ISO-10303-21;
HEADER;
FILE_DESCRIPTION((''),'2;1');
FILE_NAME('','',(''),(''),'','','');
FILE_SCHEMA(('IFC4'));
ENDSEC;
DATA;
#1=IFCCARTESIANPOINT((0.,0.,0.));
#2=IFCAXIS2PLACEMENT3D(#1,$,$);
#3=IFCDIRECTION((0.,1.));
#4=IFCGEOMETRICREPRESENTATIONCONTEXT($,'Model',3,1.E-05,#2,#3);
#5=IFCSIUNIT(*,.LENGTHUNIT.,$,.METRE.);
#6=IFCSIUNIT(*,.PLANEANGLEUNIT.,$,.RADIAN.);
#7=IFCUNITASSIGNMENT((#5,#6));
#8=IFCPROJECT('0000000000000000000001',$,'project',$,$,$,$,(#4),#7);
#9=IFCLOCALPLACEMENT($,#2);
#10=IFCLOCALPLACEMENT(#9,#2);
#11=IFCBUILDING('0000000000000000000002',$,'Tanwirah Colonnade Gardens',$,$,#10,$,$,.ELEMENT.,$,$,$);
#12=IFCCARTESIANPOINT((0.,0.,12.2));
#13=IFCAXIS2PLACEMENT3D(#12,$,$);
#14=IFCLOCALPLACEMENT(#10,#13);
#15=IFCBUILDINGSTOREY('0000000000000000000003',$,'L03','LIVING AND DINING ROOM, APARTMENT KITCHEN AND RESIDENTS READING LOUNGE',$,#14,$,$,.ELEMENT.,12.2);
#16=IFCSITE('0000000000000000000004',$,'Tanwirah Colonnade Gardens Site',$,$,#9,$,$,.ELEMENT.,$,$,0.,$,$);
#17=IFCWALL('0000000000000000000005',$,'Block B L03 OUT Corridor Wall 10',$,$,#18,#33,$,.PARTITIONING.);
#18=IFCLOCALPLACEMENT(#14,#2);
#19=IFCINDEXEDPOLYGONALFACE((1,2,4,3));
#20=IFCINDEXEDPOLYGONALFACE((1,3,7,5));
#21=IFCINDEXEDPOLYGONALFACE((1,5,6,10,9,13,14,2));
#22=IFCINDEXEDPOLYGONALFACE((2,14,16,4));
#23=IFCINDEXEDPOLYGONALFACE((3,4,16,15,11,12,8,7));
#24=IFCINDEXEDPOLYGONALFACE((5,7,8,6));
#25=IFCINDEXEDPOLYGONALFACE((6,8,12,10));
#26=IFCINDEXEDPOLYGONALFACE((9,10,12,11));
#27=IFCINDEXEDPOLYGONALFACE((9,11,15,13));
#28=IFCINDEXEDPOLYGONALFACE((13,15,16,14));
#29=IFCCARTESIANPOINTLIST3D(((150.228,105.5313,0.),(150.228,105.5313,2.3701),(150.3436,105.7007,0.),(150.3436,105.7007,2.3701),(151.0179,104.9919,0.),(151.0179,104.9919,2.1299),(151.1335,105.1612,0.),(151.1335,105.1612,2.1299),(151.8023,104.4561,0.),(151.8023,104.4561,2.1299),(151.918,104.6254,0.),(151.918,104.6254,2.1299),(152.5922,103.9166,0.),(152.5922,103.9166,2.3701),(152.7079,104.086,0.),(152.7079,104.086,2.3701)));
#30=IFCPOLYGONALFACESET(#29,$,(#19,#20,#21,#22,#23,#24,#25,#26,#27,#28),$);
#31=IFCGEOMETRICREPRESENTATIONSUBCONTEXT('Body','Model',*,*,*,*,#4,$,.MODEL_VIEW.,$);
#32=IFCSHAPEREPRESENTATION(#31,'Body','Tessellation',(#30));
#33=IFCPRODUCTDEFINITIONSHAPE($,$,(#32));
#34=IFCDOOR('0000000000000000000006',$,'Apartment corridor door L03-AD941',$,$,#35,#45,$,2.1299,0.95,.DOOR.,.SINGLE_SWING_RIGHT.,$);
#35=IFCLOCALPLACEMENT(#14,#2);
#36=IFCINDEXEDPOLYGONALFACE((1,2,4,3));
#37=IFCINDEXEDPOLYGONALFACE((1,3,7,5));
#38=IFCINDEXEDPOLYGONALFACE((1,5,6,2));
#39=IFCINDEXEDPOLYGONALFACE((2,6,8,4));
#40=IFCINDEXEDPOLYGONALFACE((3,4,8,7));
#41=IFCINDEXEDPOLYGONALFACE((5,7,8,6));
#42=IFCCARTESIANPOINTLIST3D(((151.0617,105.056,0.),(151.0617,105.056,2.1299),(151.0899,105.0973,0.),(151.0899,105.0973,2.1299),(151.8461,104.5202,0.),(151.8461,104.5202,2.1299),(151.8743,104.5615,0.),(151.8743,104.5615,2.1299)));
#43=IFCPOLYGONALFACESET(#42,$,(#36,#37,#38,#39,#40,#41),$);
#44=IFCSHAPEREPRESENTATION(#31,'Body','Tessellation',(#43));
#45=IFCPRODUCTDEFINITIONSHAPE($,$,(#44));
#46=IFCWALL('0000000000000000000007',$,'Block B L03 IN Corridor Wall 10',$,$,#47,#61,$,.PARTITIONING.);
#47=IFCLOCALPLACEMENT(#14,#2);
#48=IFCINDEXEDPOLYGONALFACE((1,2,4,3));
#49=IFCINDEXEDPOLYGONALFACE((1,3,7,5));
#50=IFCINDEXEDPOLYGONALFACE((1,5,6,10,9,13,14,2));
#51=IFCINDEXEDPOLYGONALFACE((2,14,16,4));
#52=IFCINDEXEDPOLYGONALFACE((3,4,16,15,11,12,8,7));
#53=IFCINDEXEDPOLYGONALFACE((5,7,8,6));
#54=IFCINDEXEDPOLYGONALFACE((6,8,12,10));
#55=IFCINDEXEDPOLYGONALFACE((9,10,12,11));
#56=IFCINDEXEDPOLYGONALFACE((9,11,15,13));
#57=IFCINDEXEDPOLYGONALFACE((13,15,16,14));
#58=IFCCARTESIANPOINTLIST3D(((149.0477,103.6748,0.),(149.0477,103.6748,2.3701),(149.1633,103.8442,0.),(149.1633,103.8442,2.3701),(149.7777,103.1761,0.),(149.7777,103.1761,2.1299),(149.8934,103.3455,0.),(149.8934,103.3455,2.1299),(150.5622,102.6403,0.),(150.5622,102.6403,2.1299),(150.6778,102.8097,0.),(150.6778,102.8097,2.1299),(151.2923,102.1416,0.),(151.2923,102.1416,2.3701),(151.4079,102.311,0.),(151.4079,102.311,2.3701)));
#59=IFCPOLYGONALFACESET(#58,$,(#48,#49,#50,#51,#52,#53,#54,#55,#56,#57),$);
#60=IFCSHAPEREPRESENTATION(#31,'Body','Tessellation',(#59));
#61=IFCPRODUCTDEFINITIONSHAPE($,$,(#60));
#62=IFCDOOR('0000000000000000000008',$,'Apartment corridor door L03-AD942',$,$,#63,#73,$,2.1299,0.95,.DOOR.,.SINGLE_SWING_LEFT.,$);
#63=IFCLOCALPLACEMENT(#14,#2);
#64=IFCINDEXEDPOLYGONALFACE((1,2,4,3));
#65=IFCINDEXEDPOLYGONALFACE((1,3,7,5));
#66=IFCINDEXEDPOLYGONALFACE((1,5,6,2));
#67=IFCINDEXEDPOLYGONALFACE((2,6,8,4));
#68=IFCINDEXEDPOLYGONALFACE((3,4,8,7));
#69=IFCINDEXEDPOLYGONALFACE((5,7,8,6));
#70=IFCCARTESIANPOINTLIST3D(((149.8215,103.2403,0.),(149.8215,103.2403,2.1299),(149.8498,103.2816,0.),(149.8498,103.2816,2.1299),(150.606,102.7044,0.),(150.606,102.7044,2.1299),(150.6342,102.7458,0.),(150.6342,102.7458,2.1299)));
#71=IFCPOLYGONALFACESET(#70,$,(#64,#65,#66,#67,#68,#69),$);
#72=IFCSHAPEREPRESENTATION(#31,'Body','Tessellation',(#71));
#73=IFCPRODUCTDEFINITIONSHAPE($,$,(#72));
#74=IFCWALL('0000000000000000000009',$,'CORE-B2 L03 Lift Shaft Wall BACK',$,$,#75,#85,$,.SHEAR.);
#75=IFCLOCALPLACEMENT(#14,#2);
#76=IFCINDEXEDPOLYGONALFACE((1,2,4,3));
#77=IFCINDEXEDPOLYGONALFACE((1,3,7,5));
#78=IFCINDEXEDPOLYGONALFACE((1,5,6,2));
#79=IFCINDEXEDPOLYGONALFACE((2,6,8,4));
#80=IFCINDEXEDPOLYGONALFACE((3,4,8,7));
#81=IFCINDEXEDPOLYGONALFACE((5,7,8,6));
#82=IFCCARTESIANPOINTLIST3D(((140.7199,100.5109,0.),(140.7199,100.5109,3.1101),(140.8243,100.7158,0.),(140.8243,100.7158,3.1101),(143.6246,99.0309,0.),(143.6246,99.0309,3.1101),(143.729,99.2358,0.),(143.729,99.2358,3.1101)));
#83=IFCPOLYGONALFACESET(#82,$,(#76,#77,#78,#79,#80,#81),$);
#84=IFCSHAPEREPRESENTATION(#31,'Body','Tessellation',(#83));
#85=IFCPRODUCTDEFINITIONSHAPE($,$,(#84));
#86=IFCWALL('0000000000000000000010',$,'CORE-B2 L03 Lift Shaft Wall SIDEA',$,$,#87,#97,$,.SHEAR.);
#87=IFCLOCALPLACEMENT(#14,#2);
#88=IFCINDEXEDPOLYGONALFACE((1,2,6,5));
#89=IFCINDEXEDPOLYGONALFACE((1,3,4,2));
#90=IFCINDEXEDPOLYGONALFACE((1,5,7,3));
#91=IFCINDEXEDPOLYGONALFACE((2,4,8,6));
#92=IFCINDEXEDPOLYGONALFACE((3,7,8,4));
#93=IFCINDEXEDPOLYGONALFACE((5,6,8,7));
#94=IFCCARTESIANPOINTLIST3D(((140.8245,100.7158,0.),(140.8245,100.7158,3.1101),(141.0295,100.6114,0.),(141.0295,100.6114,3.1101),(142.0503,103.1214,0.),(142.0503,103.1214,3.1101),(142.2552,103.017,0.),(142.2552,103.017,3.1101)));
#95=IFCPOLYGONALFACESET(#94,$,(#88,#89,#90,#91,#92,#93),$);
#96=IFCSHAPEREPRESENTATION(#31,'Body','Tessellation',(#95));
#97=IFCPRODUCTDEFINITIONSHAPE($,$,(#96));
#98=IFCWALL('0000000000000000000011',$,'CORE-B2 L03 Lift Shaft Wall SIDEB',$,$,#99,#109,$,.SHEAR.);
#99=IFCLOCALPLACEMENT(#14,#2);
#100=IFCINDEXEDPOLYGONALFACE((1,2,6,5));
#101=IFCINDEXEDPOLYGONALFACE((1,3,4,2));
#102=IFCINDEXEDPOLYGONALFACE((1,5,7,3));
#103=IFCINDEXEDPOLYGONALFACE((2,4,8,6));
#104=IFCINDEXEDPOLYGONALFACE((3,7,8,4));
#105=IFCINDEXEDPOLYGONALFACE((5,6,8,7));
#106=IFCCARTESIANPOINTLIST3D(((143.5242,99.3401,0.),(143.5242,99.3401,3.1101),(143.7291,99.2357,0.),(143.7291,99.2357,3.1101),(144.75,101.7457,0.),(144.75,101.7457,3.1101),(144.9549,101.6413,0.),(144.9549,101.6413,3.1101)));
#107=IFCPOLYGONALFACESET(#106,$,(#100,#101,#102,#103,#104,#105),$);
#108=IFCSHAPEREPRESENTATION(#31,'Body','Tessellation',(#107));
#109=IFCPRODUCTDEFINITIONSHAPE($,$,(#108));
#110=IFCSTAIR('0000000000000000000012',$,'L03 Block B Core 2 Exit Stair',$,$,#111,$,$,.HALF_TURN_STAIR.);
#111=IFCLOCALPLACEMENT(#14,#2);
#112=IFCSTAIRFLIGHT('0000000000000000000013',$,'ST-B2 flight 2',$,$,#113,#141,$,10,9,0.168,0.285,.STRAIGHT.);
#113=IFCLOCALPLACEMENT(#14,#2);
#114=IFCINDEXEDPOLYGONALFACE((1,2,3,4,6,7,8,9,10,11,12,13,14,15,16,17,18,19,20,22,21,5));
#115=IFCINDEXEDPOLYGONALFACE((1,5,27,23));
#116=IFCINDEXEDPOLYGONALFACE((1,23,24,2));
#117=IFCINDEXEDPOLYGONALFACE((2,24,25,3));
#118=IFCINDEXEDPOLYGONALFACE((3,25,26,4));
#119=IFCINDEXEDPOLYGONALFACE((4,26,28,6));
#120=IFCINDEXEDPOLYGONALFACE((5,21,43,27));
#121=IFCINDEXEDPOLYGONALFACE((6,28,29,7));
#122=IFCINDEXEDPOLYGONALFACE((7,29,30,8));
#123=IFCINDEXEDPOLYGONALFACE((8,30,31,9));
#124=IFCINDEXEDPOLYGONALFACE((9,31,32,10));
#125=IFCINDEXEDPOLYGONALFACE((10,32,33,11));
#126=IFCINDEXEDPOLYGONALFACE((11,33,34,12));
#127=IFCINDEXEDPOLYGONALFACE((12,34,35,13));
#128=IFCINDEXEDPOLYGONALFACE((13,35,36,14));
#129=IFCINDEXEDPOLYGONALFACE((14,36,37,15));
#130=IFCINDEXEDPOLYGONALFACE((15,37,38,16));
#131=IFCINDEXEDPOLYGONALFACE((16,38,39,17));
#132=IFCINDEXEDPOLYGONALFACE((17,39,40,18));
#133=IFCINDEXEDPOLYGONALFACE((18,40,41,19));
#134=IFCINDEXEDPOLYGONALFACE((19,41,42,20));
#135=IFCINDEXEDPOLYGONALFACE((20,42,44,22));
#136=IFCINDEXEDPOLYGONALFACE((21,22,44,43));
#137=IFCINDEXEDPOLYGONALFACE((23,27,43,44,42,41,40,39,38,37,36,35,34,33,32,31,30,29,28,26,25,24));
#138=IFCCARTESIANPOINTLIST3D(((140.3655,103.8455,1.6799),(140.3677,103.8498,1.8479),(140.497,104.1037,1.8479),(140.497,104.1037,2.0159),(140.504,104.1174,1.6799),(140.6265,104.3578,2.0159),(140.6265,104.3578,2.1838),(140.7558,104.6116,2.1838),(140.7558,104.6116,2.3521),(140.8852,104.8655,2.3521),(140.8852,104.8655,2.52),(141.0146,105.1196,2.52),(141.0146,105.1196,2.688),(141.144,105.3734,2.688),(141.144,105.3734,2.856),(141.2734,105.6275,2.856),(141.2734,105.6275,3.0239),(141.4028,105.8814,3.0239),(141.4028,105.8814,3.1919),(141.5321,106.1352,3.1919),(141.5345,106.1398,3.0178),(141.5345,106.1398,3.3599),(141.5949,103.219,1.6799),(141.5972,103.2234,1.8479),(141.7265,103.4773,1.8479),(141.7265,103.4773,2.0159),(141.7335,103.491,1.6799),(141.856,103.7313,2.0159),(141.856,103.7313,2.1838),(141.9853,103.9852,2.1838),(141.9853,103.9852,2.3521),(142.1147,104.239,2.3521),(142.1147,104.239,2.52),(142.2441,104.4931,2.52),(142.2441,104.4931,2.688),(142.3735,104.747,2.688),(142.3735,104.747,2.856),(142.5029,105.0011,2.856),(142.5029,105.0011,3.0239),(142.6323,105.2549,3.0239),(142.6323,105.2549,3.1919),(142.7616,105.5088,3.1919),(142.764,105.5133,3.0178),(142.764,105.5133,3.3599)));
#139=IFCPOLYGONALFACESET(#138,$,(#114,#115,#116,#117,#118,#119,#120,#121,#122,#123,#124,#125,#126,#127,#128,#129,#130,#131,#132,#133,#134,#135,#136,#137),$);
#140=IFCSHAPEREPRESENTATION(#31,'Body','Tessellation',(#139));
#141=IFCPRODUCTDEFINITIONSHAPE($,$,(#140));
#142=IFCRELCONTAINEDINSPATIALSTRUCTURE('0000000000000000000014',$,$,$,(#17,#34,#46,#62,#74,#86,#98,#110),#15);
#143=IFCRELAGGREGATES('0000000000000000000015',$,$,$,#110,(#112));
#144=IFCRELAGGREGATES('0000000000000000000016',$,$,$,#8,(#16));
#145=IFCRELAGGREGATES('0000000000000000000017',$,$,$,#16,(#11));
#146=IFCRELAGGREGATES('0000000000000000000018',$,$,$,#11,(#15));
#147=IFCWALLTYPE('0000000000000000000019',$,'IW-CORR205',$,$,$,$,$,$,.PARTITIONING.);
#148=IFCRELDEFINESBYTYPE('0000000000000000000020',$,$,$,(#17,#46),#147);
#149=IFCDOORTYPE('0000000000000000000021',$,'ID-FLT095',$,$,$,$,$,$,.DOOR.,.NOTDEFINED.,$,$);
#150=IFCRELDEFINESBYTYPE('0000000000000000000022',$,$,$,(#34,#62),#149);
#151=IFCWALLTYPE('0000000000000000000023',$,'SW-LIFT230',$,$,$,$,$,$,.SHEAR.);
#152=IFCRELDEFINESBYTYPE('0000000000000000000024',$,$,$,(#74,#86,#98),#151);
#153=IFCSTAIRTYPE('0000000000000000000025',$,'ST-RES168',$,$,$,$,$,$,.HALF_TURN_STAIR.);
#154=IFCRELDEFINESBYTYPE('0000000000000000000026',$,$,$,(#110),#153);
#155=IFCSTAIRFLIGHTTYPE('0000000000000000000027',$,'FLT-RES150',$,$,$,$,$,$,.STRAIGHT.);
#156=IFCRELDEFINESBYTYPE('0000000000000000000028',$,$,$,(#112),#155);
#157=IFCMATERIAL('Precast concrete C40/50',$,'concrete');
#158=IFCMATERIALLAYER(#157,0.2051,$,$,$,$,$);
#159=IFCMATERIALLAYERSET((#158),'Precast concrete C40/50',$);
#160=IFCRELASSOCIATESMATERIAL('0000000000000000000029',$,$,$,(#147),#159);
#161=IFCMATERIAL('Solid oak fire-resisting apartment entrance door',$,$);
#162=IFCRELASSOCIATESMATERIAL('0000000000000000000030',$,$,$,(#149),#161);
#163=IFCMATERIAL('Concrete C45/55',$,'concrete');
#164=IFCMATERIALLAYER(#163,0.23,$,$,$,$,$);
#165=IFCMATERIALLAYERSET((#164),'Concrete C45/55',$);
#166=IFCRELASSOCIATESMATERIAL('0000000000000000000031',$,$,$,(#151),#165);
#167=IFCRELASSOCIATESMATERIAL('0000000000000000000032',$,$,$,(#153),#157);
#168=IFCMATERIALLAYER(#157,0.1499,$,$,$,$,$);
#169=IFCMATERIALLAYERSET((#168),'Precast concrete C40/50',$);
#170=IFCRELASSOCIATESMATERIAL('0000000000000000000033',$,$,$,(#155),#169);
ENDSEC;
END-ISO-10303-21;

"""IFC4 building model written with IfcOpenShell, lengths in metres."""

from ifc_helpers import new_model, si_unit, direction, frame, frame_2d, origin, place, context, subcontext, project, spatial, polyline, rectangle, outline, extrude, material, layer, layer_set, type_object, element, fill, aggregate, save


model = new_model("IFC4")

# Units and contexts
model_context = context("Model", 3, precision=1e-05, world=origin(), true_north=direction((0.0, 1.0)))
body_context = subcontext(model_context, "Body", "Model", "MODEL_VIEW")
ifc_project = project(units=[si_unit("LENGTHUNIT", "METRE"), si_unit("PLANEANGLEUNIT", "RADIAN")], contexts=[model_context])

# Site, building, storey
site_placement = place(None, origin())
site = spatial("IfcSite", under=ifc_project, at=site_placement, Name="Tanwirah Colonnade Gardens Site", CompositionType="ELEMENT", RefElevation=0.0)
building_placement = place(site_placement, origin())
building = spatial("IfcBuilding", under=site, at=building_placement, Name="Tanwirah Colonnade Gardens", CompositionType="ELEMENT")
storey_placement = place(building_placement, frame((0.0, 0.0, 12.2)))
storey = spatial("IfcBuildingStorey", under=building, at=storey_placement, Name="L03", Description="LIVING AND DINING ROOM, APARTMENT KITCHEN AND RESIDENTS READING LOUNGE", CompositionType="ELEMENT", Elevation=12.2)

# Shared definitions
ifc_material_1 = material(Name="Precast concrete C40/50", Category="concrete")

# Walls, openings, doors
ifc_layer_1 = layer(ifc_material_1, 0.2051)
ifc_layer_set_1 = layer_set([ifc_layer_1], Name="Precast concrete C40/50")
wall_type_1 = type_object("IfcWallType", Name="IW-CORR205", PredefinedType="PARTITIONING", material=ifc_layer_set_1)
wall_1_placement = place(storey_placement, frame((152.6501, 104.0012, 0.0), z_axis=(0.0, 0.0, 1.0), x_axis=(-0.82578, 0.563993, 0.0)))
wall_1 = element("IfcWall", 1, at=wall_1_placement, inside=storey, type_object=wall_type_1, Name="Block B L03 OUT Corridor Wall 10", PredefinedType="PARTITIONING", context=body_context, shape_type="SweptSolid", body=[
    extrude(rectangle(XDim=2.863, YDim=0.2051, at=frame_2d((1.4316, 0.0))), origin(), (0.0, 0.0, 1.0), 2.3701),
])
opening_1_placement = place(wall_1_placement, frame((0.9565, 0.0, 0.0)))
opening_1 = element("IfcOpeningElement", 2, at=opening_1_placement, cuts=wall_1, PredefinedType="OPENING", context=body_context, shape_type="SweptSolid", body=[
    extrude(rectangle(XDim=0.95, YDim=2.1299, at=frame_2d((0.4751, 1.0649))), frame((0.0, 0.1125, 0.0), z_axis=(0.0, -1.0, 0.0), x_axis=(1.0, 0.0, 0.0)), (0.0, 0.0, 1.0), 0.2251),
])
ifc_material_2 = material(Name="Solid oak fire-resisting apartment entrance door")
door_type_1 = type_object("IfcDoorType", Name="ID-FLT095", OperationType="NOTDEFINED", PredefinedType="DOOR", material=ifc_material_2)
door_1_placement = place(opening_1_placement, origin())
door_1 = element("IfcDoor", 3, at=door_1_placement, inside=storey, type_object=door_type_1, Name="Apartment corridor door L03-AD941", OperationType="SINGLE_SWING_RIGHT", OverallHeight=2.1299, OverallWidth=0.95, PredefinedType="DOOR", context=body_context, shape_type="SweptSolid", body=[
    extrude(rectangle(XDim=0.95, YDim=2.1299, at=frame_2d((0.4751, 1.0649))), frame((0.0, 0.0249, 0.0), z_axis=(0.0, -1.0, 0.0), x_axis=(1.0, 0.0, 0.0)), (0.0, 0.0, 1.0), 0.05),
])
fill(opening_1, door_1)
wall_2_placement = place(storey_placement, frame((151.3501, 102.2263, 0.0), z_axis=(0.0, 0.0, 1.0), x_axis=(-0.825752, 0.564033, 0.0)))
wall_2 = element("IfcWall", 4, at=wall_2_placement, inside=storey, type_object=wall_type_1, Name="Block B L03 IN Corridor Wall 10", PredefinedType="PARTITIONING", context=body_context, shape_type="SweptSolid", body=[
    extrude(rectangle(XDim=2.7183, YDim=0.2051, at=frame_2d((1.3591, 0.0))), origin(), (0.0, 0.0, 1.0), 2.3701),
])
opening_2_placement = place(wall_2_placement, frame((0.884, 0.0, 0.0)))
opening_2 = element("IfcOpeningElement", 5, at=opening_2_placement, cuts=wall_2, PredefinedType="OPENING", context=body_context, shape_type="SweptSolid", body=[
    extrude(rectangle(XDim=0.95, YDim=2.1299, at=frame_2d((0.4751, 1.0649))), frame((0.0, 0.1125, 0.0), z_axis=(0.0, -1.0, 0.0), x_axis=(1.0, 0.0, 0.0)), (0.0, 0.0, 1.0), 0.2251),
])
door_2_placement = place(opening_2_placement, origin())
door_2 = element("IfcDoor", 6, at=door_2_placement, inside=storey, type_object=door_type_1, Name="Apartment corridor door L03-AD942", OperationType="SINGLE_SWING_LEFT", OverallHeight=2.1299, OverallWidth=0.95, PredefinedType="DOOR", context=body_context, shape_type="SweptSolid", body=[
    extrude(rectangle(XDim=0.95, YDim=2.1299, at=frame_2d((0.4751, 1.0649))), frame((0.0, 0.0249, 0.0), z_axis=(0.0, -1.0, 0.0), x_axis=(1.0, 0.0, 0.0)), (0.0, 0.0, 1.0), 0.05),
])
fill(opening_2, door_2)
ifc_material_3 = material(Name="Concrete C45/55", Category="concrete")
ifc_layer_2 = layer(ifc_material_3, 0.23)
ifc_layer_set_2 = layer_set([ifc_layer_2], Name="Concrete C45/55")
wall_type_2 = type_object("IfcWallType", Name="SW-LIFT230", PredefinedType="SHEAR", material=ifc_layer_set_2)

# Walls
wall_3_placement = place(storey_placement, frame((140.7722, 100.6133, 0.0), z_axis=(0.0, 0.0, 1.0), x_axis=(0.891017, -0.453971, 0.0)))
element("IfcWall", 7, at=wall_3_placement, inside=storey, type_object=wall_type_2, Name="CORE-B2 L03 Lift Shaft Wall BACK", PredefinedType="SHEAR", context=body_context, shape_type="SweptSolid", body=[
    extrude(rectangle(XDim=3.26, YDim=0.23, at=frame_2d((1.6299, 0.0))), origin(), (0.0, 0.0, 1.0), 3.1101),
])
for number, where, z_axis, x_axis, name in (
    (8, (142.1528, 103.0693, 0.0), (0.0, 0.0, 1.0), (-0.454, -0.891002, 0.0), "CORE-B2 L03 Lift Shaft Wall SIDEA"),
    (9, (144.8525, 101.6936, 0.0), (0.0, 0.0, 1.0), (-0.454037, -0.890983, 0.0), "CORE-B2 L03 Lift Shaft Wall SIDEB"),
):
    element("IfcWall", number, at=place(storey_placement, frame(where, z_axis=z_axis, x_axis=x_axis)), inside=storey, type_object=wall_type_2, Name=name, PredefinedType="SHEAR", context=body_context, shape_type="SweptSolid", body=[
        extrude(rectangle(XDim=2.7, YDim=0.23, at=frame_2d((1.3501, 0.0))), origin(), (0.0, 0.0, 1.0), 3.1101),
    ])

# Stair, stair flight
stair_type = type_object("IfcStairType", Name="ST-RES168", PredefinedType="HALF_TURN_STAIR", material=ifc_material_1)
stair_placement = place(storey_placement, origin())
stair = element("IfcStair", 10, at=stair_placement, inside=storey, type_object=stair_type, Name="L03 Block B Core 2 Exit Stair", PredefinedType="HALF_TURN_STAIR")
ifc_layer_3 = layer(ifc_material_1, 0.1499)
ifc_layer_set_3 = layer_set([ifc_layer_3], Name="Precast concrete C40/50")
stair_flight_type = type_object("IfcStairFlightType", Name="FLT-RES150", PredefinedType="STRAIGHT", material=ifc_layer_set_3)
stair_flight_placement = place(storey_placement, frame((140.9824, 103.5366, 1.6799), z_axis=(0.0, 0.0, 1.0), x_axis=(0.45399, 0.891007, 0.0)))
stair_flight = element("IfcStairFlight", 11, at=stair_flight_placement, type_object=stair_flight_type, Name="ST-B2 flight 2", NumberOfRisers=10, NumberOfTreads=9, PredefinedType="STRAIGHT", RiserHeight=0.168, TreadLength=0.285, context=body_context, shape_type="SweptSolid", body=[
    extrude(outline(polyline([(-0.0049, 0.0), (0.0, 0.168), (0.2849, 0.168), (0.2849, 0.3359), (0.5701, 0.3359), (0.5701, 0.5039), (0.855, 0.5039), (0.855, 0.6721), (1.1399, 0.6721), (1.1399, 0.8401), (1.425, 0.8401), (1.425, 1.0081), (1.71, 1.0081), (1.71, 1.176), (1.9951, 1.176), (1.9951, 1.344), (2.28, 1.344), (2.28, 1.512), (2.5649, 1.512), (2.5701, 1.6799), (2.5701, 1.3379), (0.3003, 0.0), (-0.0049, 0.0)])), frame((0.0, 0.6899, 0.0), z_axis=(0.0, -1.0, 0.0), x_axis=(1.0, 0.0, 0.0)), (0.0, 0.0, 1.0), 1.3799),
])
aggregate(stair, [stair_flight])

save(model, "model.ifc")
